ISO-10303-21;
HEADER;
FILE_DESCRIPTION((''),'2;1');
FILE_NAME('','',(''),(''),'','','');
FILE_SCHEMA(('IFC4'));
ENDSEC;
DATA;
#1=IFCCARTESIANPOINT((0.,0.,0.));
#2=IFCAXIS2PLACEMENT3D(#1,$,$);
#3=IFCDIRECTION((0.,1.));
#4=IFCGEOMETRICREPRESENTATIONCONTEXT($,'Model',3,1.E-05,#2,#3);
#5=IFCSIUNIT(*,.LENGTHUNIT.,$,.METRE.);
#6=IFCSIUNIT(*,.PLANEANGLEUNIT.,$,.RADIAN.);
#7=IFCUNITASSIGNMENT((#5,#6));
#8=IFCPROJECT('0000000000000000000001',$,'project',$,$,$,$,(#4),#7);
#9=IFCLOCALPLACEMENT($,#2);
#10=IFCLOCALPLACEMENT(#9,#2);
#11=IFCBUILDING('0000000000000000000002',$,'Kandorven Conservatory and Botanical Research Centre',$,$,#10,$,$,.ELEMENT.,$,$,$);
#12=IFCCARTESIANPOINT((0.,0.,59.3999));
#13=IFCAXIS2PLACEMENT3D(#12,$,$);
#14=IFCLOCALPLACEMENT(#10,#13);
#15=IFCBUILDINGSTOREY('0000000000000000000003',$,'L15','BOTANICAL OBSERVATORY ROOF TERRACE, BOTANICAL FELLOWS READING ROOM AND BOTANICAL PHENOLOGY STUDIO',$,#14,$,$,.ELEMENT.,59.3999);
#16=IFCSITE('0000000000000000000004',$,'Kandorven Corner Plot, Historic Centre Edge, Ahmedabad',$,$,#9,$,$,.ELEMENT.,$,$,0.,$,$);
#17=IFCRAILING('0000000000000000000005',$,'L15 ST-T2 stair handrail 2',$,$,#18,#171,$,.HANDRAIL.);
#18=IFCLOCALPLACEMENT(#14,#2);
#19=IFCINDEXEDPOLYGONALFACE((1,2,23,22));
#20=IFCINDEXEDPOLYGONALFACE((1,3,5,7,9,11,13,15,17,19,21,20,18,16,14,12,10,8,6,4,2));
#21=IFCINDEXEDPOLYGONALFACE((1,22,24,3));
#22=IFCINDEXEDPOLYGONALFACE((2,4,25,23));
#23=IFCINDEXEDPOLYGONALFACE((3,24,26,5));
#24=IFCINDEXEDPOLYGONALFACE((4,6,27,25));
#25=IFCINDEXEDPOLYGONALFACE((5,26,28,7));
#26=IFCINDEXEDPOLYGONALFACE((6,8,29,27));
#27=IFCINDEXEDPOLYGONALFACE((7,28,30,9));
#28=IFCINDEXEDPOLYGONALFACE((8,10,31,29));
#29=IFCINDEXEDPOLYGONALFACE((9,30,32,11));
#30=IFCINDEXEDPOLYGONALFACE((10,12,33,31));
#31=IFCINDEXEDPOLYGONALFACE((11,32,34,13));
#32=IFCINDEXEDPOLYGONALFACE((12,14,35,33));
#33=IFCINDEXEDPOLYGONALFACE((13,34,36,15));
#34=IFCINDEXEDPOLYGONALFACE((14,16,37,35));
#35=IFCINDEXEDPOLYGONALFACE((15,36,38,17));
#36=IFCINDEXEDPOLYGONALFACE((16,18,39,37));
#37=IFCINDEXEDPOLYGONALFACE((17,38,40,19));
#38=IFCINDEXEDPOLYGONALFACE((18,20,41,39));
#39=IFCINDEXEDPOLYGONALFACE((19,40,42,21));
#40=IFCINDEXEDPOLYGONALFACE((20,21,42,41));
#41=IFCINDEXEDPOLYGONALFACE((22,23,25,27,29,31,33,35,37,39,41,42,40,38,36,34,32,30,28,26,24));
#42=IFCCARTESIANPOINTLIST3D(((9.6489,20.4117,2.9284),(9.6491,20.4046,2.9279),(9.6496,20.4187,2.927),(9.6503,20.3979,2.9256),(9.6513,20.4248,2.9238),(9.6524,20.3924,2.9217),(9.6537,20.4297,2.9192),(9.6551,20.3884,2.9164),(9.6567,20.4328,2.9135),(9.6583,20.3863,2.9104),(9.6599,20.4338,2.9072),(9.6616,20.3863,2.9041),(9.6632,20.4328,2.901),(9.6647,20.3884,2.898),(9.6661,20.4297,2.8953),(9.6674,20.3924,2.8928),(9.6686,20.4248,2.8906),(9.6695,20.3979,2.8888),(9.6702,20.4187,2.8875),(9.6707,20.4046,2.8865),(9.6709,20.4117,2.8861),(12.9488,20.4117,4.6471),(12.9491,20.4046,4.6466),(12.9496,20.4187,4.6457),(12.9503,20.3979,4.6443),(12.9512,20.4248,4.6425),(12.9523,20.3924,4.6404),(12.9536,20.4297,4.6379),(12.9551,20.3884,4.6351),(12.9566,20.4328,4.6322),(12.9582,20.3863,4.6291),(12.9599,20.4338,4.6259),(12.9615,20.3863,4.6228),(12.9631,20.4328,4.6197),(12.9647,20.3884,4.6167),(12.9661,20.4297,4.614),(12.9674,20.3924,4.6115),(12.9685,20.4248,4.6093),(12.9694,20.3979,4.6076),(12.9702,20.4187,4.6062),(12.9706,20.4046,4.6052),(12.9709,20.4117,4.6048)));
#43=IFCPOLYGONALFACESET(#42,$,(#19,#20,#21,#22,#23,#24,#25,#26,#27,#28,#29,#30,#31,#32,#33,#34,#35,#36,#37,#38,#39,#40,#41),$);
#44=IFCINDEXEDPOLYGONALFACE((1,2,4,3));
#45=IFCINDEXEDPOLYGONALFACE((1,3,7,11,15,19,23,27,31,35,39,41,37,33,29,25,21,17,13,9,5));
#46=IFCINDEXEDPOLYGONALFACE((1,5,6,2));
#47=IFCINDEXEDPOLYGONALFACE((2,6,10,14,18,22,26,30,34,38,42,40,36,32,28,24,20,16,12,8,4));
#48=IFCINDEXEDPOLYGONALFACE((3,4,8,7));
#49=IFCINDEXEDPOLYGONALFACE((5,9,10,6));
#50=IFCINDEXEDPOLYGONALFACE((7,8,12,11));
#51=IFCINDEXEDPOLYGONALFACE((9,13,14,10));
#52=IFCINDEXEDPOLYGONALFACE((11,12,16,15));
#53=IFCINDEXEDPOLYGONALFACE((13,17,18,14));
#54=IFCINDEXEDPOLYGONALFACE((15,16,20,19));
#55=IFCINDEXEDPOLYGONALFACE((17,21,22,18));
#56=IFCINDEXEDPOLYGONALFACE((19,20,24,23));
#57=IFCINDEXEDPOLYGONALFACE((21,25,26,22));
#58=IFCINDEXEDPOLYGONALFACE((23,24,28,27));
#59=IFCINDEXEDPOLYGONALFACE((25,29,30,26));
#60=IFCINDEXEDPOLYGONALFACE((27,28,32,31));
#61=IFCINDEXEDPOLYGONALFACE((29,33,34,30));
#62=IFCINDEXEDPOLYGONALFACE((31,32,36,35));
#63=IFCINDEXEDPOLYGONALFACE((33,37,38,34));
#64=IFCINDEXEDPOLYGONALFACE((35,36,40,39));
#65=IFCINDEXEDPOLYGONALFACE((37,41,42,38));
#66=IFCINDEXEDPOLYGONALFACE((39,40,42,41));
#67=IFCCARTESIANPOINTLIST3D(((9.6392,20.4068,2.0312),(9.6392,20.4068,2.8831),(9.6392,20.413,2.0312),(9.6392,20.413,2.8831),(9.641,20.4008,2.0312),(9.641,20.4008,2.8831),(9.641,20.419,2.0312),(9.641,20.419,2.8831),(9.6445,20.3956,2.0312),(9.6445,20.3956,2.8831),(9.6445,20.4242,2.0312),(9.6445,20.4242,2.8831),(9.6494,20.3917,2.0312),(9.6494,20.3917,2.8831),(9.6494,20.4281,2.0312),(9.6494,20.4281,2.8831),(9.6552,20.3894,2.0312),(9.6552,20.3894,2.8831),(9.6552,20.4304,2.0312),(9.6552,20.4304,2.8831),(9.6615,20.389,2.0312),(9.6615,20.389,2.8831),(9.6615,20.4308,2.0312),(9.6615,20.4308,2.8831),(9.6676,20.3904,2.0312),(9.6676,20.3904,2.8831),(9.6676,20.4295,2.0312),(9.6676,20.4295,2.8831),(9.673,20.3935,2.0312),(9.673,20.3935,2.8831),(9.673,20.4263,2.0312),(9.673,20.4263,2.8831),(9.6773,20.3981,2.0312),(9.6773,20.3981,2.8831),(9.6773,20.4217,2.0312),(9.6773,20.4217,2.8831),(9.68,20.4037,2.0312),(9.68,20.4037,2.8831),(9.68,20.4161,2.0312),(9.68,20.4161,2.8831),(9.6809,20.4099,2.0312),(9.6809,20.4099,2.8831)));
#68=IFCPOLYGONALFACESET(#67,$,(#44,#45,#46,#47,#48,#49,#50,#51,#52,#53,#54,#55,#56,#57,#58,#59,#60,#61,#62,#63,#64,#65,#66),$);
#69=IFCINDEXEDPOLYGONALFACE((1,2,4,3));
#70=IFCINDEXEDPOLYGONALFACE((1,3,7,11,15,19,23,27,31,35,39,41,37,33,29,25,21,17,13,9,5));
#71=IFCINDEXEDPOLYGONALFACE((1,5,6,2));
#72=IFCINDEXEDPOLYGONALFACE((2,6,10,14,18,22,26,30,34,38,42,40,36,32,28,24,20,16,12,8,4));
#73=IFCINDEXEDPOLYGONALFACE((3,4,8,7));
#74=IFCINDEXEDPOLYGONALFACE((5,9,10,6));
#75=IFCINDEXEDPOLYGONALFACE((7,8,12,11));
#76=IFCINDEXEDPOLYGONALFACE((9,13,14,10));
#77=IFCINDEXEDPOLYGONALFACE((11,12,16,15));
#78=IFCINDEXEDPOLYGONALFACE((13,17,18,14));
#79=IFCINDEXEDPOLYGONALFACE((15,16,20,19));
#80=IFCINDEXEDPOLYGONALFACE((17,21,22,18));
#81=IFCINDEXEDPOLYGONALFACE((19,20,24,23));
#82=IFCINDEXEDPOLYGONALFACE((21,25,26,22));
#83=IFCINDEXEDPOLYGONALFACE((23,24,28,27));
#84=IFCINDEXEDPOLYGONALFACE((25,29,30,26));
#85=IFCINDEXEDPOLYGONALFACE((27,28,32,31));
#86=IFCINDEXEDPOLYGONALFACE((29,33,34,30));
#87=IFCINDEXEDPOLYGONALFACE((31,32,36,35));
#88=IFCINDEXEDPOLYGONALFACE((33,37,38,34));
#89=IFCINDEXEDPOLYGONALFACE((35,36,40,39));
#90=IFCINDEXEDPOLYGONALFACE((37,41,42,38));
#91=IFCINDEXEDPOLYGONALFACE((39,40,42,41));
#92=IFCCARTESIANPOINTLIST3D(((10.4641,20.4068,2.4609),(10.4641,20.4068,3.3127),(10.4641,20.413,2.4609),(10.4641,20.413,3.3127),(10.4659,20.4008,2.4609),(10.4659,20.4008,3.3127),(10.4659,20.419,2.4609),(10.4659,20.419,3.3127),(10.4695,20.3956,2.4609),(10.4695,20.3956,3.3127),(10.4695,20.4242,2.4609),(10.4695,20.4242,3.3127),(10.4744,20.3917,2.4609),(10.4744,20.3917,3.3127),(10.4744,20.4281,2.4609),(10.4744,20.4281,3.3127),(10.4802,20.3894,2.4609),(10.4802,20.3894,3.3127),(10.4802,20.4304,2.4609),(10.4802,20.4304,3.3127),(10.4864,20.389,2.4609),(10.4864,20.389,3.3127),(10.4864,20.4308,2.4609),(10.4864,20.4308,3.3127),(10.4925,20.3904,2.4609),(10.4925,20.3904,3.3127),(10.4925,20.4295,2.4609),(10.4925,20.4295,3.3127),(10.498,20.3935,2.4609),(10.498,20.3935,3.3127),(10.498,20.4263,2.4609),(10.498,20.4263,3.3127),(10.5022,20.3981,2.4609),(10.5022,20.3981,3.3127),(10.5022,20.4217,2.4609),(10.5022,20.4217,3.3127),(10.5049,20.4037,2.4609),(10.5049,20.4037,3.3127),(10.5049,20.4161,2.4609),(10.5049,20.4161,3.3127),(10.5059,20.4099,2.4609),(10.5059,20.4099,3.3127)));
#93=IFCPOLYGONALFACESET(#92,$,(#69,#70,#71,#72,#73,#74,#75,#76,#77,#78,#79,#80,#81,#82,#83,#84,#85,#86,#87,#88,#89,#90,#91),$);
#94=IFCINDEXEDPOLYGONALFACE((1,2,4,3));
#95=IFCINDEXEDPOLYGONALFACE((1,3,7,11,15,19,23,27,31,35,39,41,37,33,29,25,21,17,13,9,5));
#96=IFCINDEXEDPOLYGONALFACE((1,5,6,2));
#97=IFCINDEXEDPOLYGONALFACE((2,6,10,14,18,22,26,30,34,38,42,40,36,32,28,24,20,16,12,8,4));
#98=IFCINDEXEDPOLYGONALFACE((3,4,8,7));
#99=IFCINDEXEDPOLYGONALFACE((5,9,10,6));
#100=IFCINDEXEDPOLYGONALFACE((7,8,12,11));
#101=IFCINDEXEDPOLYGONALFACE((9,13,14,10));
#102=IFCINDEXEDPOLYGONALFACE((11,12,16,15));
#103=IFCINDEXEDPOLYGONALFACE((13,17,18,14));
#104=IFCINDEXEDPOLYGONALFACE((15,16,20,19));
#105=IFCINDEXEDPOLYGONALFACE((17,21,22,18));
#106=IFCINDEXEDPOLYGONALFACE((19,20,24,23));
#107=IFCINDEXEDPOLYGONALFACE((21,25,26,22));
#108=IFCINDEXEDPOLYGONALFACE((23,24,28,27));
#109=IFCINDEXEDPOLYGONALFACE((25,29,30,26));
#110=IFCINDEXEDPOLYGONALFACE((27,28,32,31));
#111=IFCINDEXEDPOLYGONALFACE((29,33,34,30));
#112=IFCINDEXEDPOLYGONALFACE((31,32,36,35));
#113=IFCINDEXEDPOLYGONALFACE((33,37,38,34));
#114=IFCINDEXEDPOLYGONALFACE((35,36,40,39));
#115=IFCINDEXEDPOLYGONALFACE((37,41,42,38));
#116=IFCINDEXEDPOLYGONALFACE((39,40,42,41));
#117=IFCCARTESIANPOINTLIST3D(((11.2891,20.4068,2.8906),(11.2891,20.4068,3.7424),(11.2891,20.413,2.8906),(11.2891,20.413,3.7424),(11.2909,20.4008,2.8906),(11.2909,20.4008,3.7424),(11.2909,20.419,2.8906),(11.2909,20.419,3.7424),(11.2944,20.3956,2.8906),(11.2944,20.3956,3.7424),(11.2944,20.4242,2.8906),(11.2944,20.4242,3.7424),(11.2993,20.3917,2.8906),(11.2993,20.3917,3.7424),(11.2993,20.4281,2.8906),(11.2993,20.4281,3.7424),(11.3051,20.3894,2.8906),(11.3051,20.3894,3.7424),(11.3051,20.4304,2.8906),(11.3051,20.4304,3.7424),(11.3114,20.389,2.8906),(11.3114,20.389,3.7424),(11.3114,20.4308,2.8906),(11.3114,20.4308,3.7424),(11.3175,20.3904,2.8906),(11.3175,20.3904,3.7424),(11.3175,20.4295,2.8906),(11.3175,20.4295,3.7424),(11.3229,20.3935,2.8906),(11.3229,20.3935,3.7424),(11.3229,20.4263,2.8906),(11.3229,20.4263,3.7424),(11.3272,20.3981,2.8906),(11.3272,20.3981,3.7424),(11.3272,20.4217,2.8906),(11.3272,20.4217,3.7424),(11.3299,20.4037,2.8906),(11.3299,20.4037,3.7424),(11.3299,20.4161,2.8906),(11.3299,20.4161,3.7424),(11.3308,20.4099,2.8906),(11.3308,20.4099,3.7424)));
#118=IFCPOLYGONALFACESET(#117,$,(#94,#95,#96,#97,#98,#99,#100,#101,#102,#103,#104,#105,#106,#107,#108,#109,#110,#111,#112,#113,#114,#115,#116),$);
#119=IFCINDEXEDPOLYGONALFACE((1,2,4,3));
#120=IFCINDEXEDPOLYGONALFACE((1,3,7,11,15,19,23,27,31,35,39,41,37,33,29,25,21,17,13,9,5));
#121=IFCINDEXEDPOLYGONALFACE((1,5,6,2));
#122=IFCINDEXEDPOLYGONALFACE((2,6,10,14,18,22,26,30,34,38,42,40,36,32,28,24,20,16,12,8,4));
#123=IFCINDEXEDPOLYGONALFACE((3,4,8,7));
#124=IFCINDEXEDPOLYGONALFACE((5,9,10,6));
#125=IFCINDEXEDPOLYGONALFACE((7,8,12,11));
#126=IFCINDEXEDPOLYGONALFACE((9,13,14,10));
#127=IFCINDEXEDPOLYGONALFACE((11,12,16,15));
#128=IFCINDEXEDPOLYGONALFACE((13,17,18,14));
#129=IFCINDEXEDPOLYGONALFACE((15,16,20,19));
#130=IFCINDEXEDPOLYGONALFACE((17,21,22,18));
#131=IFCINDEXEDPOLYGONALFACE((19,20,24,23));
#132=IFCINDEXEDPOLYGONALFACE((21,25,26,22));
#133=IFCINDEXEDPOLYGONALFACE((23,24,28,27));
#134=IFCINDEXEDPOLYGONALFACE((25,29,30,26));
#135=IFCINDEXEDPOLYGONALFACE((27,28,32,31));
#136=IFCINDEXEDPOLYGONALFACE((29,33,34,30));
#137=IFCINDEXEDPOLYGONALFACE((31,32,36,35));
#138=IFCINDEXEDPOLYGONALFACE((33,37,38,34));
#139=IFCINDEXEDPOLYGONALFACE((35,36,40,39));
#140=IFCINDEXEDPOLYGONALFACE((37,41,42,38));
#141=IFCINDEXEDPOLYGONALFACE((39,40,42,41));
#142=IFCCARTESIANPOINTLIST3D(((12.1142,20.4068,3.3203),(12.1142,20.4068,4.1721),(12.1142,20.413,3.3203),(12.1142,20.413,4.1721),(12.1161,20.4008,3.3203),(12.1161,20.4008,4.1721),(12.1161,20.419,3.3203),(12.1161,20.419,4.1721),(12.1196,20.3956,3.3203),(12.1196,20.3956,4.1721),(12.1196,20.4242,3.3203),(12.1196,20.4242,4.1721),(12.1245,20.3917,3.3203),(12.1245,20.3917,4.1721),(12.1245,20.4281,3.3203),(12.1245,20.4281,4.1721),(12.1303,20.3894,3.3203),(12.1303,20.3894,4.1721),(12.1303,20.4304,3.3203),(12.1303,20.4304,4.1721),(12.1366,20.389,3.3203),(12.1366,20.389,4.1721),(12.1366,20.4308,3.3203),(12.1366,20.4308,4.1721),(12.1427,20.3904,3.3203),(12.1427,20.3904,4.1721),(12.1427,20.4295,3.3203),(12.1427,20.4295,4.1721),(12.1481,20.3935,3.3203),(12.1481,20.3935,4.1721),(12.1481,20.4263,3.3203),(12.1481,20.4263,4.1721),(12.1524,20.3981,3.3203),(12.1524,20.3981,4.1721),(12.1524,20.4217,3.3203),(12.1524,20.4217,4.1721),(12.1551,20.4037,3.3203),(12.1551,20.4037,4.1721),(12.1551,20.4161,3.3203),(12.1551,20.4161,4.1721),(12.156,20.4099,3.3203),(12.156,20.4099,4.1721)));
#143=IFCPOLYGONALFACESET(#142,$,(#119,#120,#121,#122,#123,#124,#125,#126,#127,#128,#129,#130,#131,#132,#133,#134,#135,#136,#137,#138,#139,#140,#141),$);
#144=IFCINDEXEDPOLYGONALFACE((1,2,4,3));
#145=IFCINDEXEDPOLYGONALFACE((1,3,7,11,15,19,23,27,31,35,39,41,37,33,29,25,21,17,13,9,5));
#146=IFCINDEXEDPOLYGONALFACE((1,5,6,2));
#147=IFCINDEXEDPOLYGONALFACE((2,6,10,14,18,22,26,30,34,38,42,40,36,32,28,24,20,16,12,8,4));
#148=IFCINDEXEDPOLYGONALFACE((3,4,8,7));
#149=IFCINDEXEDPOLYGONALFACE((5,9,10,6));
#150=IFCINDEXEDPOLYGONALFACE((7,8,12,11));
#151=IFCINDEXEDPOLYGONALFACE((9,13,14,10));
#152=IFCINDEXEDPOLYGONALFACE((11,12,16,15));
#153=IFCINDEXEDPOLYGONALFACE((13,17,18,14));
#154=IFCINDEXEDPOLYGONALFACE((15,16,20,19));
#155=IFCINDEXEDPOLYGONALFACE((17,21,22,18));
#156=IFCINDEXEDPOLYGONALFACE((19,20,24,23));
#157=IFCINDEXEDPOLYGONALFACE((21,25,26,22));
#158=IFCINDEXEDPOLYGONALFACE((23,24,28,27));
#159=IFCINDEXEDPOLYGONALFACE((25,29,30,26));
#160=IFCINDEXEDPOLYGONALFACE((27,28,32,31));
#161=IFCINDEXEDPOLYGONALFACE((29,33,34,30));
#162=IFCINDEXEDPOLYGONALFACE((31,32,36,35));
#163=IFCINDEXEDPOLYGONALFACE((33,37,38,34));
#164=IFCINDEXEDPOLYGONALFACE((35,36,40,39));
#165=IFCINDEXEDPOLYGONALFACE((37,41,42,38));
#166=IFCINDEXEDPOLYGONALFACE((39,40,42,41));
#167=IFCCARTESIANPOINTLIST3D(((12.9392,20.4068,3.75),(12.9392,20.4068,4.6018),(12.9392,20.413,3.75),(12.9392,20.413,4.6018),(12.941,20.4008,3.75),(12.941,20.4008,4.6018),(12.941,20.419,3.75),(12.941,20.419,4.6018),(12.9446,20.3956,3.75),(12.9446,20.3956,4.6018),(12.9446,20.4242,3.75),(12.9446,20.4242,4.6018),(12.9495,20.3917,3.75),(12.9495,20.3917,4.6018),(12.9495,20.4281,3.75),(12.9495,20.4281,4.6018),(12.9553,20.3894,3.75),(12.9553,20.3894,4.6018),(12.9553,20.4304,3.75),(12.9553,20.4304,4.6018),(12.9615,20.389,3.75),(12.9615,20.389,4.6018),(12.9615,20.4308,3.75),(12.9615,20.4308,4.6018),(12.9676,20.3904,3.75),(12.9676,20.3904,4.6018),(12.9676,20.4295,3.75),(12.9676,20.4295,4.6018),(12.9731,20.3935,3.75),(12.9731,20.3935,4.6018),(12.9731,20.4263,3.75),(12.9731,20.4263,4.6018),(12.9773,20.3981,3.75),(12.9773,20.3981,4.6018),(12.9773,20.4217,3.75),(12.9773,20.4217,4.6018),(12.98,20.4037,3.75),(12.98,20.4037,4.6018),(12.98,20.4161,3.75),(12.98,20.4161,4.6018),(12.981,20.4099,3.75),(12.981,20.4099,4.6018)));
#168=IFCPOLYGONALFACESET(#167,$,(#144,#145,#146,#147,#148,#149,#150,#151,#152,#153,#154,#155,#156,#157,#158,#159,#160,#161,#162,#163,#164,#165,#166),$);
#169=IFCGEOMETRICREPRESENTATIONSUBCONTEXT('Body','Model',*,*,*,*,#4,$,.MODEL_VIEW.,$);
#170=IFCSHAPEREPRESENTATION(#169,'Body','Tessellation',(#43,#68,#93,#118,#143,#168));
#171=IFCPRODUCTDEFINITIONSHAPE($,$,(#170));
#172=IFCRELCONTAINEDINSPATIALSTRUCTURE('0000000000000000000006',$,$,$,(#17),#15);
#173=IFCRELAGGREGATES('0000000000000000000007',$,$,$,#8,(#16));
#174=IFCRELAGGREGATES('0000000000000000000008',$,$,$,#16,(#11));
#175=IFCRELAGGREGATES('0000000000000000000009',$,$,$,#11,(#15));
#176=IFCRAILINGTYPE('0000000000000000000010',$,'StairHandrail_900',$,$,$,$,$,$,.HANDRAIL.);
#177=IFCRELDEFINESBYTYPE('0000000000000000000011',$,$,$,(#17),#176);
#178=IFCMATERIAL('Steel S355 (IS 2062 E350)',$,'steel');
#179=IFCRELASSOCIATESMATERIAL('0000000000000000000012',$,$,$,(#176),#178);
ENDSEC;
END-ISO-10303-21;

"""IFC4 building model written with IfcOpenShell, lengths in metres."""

from ifc_helpers import new_model, si_unit, direction, frame, origin, origin_2d, place, context, subcontext, project, spatial, circle, extrude, material, type_object, element, save


model = new_model("IFC4")

# Units and contexts
model_context = context("Model", 3, precision=1e-05, world=origin(), true_north=direction((0.0, 1.0)))
body_context = subcontext(model_context, "Body", "Model", "MODEL_VIEW")
ifc_project = project(units=[si_unit("LENGTHUNIT", "METRE"), si_unit("PLANEANGLEUNIT", "RADIAN")], contexts=[model_context])

# Site, building, storey
site_placement = place(None, origin())
site = spatial("IfcSite", under=ifc_project, at=site_placement, Name="Kandorven Corner Plot, Historic Centre Edge, Ahmedabad", CompositionType="ELEMENT", RefElevation=0.0)
building_placement = place(site_placement, origin())
building = spatial("IfcBuilding", under=site, at=building_placement, Name="Kandorven Conservatory and Botanical Research Centre", CompositionType="ELEMENT")
storey_placement = place(building_placement, frame((0.0, 0.0, 59.3999)))
storey = spatial("IfcBuildingStorey", under=building, at=storey_placement, Name="L15", Description="BOTANICAL OBSERVATORY ROOF TERRACE, BOTANICAL FELLOWS READING ROOM AND BOTANICAL PHENOLOGY STUDIO", CompositionType="ELEMENT", Elevation=59.3999)

# Railing
ifc_material_1 = material(Name="Steel S355 (IS 2062 E350)", Category="steel")
railing_type_1 = type_object("IfcRailingType", Name="StairHandrail_900", PredefinedType="HANDRAIL", material=ifc_material_1)
railing_1_placement = place(storey_placement, frame((9.6599, 20.4099, 2.0312)))
element("IfcRailing", 1, at=railing_1_placement, inside=storey, type_object=railing_type_1, Name="L15 ST-T2 stair handrail 2", PredefinedType="HANDRAIL", context=body_context, shape_type="SweptSolid", body=[
    extrude(circle(Radius=0.0239, at=origin_2d()), frame((0.0, 0.0, 0.876), z_axis=(0.886917, 0.0, 0.461929), x_axis=(0.0, 1.0, 0.0)), (0.0, 0.0, 1.0), 3.7207),
    extrude(circle(Radius=0.021, at=origin_2d()), origin(), (0.0, 0.0, 1.0), 0.8518),
    extrude(circle(Radius=0.021, at=origin_2d()), frame((0.825, 0.0, 0.4297)), (0.0, 0.0, 1.0), 0.8518),
    extrude(circle(Radius=0.021, at=origin_2d()), frame((1.6499, 0.0, 0.8594)), (0.0, 0.0, 1.0), 0.8518),
    extrude(circle(Radius=0.021, at=origin_2d()), frame((2.4751, 0.0, 1.2891)), (0.0, 0.0, 1.0), 0.8518),
    extrude(circle(Radius=0.021, at=origin_2d()), frame((3.3, 0.0, 1.7188)), (0.0, 0.0, 1.0), 0.8518),
])

save(model, "model.ifc")
